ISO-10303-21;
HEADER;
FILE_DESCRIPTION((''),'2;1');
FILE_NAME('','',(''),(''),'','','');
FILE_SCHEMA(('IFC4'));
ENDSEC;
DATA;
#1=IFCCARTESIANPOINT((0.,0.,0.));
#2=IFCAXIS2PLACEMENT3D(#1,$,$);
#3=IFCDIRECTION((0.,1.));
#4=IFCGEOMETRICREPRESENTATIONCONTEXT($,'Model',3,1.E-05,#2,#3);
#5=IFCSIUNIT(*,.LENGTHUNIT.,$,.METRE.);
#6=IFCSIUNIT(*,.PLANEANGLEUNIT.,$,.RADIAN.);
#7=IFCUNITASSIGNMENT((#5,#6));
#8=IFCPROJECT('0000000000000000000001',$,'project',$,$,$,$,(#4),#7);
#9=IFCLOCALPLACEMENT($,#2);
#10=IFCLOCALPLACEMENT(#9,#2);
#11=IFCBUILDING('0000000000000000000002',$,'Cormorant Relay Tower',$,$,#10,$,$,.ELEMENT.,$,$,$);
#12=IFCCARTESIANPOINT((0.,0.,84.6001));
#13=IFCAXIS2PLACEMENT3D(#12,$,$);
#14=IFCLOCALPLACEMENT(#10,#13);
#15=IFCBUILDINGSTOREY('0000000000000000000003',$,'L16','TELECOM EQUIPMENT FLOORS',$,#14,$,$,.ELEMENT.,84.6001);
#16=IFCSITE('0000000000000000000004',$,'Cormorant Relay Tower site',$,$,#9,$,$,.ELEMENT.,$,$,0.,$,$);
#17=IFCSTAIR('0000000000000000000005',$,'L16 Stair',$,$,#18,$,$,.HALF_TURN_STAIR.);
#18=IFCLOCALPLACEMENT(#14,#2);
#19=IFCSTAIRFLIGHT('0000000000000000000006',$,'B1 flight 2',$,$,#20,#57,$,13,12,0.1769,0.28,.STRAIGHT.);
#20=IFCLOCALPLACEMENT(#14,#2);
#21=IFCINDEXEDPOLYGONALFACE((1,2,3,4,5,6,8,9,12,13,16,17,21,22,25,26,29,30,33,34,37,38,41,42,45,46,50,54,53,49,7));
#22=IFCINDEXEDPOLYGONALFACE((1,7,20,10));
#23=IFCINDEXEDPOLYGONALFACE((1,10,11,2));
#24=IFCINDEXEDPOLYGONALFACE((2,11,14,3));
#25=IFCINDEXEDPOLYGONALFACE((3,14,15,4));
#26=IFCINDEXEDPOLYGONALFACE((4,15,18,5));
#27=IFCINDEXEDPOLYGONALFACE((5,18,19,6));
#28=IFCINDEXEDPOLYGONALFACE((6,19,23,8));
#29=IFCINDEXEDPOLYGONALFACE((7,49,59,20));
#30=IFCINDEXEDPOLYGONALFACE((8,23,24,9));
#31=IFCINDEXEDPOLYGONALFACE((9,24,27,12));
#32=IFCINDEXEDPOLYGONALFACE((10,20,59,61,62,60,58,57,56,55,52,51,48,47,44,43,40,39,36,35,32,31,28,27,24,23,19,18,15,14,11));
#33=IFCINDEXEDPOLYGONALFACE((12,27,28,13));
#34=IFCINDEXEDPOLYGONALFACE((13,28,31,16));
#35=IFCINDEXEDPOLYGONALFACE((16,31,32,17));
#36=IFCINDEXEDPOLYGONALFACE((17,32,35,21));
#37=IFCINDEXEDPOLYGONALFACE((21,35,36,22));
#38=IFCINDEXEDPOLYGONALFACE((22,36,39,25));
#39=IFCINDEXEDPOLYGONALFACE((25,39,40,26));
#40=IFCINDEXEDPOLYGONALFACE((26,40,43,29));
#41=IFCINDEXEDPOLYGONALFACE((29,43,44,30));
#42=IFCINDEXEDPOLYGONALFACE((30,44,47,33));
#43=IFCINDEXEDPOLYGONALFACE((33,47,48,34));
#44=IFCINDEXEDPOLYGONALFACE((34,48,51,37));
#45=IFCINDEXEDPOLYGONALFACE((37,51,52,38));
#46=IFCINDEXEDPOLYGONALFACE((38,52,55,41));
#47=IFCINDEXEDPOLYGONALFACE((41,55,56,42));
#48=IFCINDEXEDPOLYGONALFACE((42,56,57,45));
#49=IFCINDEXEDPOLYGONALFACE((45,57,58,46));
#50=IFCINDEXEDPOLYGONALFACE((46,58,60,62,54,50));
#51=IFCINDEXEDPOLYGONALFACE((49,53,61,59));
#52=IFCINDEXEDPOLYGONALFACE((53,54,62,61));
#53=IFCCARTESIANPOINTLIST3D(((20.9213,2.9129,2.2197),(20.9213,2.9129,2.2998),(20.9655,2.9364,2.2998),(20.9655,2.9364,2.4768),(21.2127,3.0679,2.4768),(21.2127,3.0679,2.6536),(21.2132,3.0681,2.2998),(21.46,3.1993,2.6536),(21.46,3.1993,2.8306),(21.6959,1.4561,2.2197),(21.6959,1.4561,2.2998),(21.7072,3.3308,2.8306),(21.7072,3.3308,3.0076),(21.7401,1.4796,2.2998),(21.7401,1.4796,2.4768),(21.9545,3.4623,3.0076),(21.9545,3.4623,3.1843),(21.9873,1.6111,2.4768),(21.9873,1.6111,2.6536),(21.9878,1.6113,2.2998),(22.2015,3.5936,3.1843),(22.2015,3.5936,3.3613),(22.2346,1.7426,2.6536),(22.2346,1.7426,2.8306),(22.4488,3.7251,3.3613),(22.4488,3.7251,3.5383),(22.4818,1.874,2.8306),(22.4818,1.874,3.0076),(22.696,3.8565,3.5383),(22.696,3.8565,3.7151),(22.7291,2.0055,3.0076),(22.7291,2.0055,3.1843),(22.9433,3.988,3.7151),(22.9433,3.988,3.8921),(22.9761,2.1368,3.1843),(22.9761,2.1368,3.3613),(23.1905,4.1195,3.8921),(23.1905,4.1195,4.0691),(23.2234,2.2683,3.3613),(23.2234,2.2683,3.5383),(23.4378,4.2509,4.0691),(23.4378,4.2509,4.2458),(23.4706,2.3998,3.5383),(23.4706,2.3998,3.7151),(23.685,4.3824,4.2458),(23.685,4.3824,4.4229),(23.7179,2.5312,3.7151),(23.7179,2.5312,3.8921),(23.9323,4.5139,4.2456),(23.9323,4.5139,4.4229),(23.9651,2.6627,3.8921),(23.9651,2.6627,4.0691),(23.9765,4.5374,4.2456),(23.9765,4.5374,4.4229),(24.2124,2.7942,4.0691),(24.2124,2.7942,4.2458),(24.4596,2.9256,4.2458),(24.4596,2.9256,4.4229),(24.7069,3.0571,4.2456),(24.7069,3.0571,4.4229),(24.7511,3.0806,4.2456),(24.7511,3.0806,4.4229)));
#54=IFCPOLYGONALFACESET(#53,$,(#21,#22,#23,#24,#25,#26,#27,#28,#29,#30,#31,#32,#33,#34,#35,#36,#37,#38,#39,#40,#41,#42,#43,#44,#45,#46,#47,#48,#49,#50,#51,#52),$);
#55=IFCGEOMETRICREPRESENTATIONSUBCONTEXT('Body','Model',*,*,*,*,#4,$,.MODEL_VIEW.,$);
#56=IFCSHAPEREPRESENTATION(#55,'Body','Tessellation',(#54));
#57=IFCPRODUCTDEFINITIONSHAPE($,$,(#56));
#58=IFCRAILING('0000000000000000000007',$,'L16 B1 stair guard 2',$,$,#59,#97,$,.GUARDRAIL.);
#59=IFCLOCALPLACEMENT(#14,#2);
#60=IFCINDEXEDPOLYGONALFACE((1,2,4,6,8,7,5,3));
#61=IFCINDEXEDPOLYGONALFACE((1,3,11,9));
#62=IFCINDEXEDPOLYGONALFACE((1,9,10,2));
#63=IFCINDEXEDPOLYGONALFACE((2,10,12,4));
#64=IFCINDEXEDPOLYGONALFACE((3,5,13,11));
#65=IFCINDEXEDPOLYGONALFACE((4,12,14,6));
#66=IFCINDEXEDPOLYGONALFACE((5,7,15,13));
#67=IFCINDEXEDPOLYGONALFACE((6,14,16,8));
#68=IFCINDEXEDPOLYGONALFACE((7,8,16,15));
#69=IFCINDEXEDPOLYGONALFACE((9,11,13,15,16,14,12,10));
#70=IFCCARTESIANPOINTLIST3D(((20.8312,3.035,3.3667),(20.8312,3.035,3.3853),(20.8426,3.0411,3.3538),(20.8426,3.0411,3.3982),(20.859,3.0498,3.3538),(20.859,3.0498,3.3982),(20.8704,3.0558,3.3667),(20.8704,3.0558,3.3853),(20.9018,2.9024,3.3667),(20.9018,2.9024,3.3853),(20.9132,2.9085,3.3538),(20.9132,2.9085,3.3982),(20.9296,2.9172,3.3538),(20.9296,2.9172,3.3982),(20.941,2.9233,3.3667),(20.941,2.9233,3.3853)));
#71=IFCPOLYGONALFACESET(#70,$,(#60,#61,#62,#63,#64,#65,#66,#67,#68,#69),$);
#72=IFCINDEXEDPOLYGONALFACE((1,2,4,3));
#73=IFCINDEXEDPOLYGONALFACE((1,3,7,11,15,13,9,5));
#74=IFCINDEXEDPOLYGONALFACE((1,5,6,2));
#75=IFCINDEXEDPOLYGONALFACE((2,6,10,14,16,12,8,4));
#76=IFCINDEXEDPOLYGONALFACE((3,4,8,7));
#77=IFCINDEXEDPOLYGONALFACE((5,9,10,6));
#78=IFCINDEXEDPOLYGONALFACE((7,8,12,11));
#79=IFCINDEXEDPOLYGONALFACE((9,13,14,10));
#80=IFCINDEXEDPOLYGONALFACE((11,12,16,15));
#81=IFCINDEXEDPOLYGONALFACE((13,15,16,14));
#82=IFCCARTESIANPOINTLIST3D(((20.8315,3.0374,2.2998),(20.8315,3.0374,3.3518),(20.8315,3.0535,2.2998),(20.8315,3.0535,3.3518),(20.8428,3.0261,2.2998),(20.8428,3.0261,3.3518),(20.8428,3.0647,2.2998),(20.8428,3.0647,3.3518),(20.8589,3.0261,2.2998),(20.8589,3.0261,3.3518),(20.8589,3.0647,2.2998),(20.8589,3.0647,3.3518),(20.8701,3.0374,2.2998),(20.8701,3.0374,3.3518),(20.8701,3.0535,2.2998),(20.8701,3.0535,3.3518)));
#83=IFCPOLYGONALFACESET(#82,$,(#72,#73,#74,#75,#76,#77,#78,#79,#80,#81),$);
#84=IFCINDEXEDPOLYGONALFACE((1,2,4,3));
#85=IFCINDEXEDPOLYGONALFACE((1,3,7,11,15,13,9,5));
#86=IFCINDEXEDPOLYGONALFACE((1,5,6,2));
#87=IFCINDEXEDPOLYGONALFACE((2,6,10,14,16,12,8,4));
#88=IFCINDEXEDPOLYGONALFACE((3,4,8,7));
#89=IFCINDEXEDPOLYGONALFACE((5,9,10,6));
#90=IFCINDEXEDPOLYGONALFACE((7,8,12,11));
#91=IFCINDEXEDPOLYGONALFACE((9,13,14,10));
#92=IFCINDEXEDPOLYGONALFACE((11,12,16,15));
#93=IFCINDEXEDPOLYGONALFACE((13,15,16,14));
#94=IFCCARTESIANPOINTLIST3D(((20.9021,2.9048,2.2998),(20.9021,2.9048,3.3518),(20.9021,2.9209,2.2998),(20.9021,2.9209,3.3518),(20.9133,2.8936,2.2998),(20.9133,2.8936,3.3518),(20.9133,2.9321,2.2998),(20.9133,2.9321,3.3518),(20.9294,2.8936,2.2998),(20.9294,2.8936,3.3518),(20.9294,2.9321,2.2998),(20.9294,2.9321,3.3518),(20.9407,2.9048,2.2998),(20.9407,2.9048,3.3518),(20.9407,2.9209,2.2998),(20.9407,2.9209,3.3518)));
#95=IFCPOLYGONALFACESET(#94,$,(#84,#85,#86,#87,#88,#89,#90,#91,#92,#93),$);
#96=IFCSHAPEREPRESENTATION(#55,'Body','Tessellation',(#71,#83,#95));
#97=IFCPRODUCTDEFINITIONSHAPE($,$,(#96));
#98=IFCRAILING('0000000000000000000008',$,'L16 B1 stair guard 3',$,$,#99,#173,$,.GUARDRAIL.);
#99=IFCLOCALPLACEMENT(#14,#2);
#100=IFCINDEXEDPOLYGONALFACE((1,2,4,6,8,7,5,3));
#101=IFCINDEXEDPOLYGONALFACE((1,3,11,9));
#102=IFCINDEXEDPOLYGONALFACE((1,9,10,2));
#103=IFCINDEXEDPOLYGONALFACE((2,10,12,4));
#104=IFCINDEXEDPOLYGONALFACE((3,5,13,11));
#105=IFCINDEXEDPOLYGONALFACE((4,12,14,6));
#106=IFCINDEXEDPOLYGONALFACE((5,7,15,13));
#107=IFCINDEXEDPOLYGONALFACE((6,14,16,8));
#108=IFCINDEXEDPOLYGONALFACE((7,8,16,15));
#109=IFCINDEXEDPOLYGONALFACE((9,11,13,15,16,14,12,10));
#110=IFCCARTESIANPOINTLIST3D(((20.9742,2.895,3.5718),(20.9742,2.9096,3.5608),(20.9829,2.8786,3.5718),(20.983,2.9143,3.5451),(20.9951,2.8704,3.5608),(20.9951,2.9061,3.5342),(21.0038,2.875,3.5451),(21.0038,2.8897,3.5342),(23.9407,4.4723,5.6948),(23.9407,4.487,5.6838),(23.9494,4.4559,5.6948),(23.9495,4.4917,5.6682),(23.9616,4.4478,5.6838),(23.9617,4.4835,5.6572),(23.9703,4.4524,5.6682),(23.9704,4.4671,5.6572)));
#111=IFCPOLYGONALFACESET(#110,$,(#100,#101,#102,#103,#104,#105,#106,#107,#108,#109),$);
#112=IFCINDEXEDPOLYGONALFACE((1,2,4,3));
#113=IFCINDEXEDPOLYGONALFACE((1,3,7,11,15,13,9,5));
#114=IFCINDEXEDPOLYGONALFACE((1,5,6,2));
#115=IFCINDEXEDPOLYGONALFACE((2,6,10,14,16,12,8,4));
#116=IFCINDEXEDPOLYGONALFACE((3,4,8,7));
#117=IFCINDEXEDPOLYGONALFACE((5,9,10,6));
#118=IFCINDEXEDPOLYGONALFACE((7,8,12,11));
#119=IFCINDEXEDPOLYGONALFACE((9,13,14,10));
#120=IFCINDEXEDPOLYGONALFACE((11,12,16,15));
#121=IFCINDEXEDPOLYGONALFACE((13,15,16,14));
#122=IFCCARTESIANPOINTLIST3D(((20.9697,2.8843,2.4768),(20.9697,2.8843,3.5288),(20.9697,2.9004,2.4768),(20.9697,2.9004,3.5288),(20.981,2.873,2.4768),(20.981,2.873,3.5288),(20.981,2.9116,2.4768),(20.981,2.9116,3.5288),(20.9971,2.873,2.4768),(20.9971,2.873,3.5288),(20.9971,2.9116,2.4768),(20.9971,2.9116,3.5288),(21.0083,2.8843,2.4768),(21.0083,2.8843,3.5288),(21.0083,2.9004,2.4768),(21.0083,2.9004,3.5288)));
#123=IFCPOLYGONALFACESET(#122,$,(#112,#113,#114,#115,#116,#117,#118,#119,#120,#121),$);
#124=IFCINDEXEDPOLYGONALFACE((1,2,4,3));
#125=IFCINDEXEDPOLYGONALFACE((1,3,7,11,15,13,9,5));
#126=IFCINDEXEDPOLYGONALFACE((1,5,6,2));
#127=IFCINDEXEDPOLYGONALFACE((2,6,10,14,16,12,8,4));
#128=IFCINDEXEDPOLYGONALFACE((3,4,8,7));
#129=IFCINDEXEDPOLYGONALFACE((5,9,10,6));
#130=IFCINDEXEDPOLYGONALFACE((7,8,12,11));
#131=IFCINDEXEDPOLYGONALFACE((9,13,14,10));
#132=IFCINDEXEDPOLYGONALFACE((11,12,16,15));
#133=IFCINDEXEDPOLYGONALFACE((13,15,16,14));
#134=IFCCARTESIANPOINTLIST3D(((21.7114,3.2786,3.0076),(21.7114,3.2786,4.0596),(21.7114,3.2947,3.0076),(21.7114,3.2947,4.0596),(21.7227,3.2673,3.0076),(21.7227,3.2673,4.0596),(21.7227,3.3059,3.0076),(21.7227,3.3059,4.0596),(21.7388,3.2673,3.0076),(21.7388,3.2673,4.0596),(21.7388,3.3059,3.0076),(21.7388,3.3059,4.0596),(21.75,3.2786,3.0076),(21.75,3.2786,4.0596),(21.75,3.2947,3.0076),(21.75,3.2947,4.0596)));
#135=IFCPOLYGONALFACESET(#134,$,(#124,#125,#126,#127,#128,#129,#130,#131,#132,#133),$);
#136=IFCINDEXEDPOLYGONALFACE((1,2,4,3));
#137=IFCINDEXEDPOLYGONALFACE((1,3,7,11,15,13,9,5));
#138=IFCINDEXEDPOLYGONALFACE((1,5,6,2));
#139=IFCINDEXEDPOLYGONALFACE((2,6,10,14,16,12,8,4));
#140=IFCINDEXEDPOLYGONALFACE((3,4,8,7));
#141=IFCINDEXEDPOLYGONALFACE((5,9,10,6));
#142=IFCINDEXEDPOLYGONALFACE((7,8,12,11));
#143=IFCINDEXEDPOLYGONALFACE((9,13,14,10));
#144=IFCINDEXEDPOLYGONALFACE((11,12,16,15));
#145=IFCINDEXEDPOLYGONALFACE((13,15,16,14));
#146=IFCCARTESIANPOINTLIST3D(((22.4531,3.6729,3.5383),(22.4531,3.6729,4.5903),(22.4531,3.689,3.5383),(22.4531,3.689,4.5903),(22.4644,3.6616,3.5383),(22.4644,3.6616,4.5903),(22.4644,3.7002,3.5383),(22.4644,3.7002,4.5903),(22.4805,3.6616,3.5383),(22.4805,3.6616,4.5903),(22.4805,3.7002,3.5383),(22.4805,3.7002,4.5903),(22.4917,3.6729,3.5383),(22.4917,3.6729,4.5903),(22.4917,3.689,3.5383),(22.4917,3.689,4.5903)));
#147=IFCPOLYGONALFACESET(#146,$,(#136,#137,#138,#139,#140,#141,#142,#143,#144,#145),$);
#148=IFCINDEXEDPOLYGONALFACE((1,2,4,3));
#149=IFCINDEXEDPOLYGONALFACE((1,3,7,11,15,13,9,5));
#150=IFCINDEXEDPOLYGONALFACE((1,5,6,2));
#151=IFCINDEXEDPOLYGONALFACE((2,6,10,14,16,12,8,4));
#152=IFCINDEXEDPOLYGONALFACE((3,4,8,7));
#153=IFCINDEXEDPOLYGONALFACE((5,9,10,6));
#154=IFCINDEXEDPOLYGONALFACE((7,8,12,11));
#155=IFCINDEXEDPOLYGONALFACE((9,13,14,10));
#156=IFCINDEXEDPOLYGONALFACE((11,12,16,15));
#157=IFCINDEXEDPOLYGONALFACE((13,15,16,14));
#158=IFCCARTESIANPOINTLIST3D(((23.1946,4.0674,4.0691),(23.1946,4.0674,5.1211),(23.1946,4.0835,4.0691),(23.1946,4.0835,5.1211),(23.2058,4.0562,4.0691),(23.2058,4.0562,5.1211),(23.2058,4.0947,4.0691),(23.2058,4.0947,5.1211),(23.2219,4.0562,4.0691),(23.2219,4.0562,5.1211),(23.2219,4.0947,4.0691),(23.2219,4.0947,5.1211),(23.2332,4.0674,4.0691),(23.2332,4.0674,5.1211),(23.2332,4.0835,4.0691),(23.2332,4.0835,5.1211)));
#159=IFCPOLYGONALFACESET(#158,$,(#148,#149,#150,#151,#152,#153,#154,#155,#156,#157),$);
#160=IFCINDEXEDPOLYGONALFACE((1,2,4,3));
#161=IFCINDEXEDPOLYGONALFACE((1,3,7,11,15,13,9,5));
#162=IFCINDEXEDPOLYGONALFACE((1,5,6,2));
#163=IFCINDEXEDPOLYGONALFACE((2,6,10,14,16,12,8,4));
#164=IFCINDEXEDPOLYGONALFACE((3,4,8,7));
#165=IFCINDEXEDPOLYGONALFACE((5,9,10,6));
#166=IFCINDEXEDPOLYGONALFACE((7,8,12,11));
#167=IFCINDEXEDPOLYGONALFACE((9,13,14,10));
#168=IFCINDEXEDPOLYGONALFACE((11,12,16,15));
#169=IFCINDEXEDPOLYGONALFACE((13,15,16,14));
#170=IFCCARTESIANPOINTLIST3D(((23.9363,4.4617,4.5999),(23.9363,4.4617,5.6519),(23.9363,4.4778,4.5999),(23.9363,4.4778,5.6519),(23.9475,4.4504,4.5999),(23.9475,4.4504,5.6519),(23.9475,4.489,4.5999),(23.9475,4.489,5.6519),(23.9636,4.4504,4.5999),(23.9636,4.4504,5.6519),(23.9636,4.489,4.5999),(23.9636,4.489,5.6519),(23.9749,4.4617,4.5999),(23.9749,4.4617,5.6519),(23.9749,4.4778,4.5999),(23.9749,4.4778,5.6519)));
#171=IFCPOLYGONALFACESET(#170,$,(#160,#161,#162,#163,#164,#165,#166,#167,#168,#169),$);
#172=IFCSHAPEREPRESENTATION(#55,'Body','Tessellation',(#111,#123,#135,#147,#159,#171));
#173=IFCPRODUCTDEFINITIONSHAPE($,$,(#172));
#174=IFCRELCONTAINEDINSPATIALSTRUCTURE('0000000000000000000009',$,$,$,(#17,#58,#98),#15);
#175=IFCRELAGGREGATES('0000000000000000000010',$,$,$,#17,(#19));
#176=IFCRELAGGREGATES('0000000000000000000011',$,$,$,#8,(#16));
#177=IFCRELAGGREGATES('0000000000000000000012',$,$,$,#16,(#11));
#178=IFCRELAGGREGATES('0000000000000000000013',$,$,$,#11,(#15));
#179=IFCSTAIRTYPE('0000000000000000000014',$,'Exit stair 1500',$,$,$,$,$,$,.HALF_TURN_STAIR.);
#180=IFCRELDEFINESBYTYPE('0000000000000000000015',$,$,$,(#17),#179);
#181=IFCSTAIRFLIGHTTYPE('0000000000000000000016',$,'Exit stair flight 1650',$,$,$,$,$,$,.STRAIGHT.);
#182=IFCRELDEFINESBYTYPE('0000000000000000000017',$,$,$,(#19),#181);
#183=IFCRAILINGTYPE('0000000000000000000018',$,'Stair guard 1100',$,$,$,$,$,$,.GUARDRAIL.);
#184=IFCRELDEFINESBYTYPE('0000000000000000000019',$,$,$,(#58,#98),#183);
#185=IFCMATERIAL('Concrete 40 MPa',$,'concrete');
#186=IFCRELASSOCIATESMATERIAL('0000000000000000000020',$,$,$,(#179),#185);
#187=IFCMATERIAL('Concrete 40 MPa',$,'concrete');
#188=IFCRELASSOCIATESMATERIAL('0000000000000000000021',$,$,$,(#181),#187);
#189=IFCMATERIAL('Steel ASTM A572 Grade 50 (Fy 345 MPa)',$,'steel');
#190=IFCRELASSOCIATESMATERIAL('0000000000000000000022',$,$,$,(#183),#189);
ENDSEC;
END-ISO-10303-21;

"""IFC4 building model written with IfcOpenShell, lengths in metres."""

from ifc_helpers import new_model, si_unit, direction, frame, origin, place, context, subcontext, project, spatial, polyline, outline, extrude, material, type_object, element, aggregate, save


model = new_model("IFC4")

# Units and contexts
model_context = context("Model", 3, precision=1e-05, world=origin(), true_north=direction((0.0, 1.0)))
body_context = subcontext(model_context, "Body", "Model", "MODEL_VIEW")
ifc_project = project(units=[si_unit("LENGTHUNIT", "METRE"), si_unit("PLANEANGLEUNIT", "RADIAN")], contexts=[model_context])

# Site, building, storey
site_placement = place(None, origin())
site = spatial("IfcSite", under=ifc_project, at=site_placement, Name="Cormorant Relay Tower site", CompositionType="ELEMENT", RefElevation=0.0)
building_placement = place(site_placement, origin())
building = spatial("IfcBuilding", under=site, at=building_placement, Name="Cormorant Relay Tower", CompositionType="ELEMENT")
storey_placement = place(building_placement, frame((0.0, 0.0, 84.6001)))
storey = spatial("IfcBuildingStorey", under=building, at=storey_placement, Name="L16", Description="TELECOM EQUIPMENT FLOORS", CompositionType="ELEMENT", Elevation=84.6001)

# Stair, stair flight
ifc_material_1 = material(Name="Concrete 40 MPa", Category="concrete")
stair_type = type_object("IfcStairType", Name="Exit stair 1500", PredefinedType="HALF_TURN_STAIR", material=ifc_material_1)
stair_placement = place(storey_placement, origin())
stair = element("IfcStair", 1, at=stair_placement, inside=storey, type_object=stair_type, Name="L16 Stair", PredefinedType="HALF_TURN_STAIR")
ifc_material_2 = material(Name="Concrete 40 MPa", Category="concrete")
stair_flight_type = type_object("IfcStairFlightType", Name="Exit stair flight 1650", PredefinedType="STRAIGHT", material=ifc_material_2)
stair_flight_placement = place(storey_placement, frame((21.3528, 2.208, 2.2998), z_axis=(0.0, 0.0, 1.0), x_axis=(0.882948, 0.469472, 0.0)))
stair_flight = element("IfcStairFlight", 2, at=stair_flight_placement, type_object=stair_flight_type, Name="B1 flight 2", NumberOfRisers=13, NumberOfTreads=12, PredefinedType="STRAIGHT", RiserHeight=0.1769, TreadLength=0.28, context=body_context, shape_type="SweptSolid", body=[
    extrude(outline(polyline([(-0.05, -0.0801), (-0.05, 0.0), (0.0, 0.0), (0.0, 0.177), (0.28, 0.177), (0.28, 0.3538), (0.5601, 0.3538), (0.5601, 0.5308), (0.8401, 0.5308), (0.8401, 0.7078), (1.1201, 0.7078), (1.1201, 0.8845), (1.3999, 0.8845), (1.3999, 1.0615), (1.6799, 1.0615), (1.6799, 1.2385), (1.96, 1.2385), (1.96, 1.4153), (2.24, 1.4153), (2.24, 1.5923), (2.52, 1.5923), (2.52, 1.7693), (2.8, 1.7693), (2.8, 1.946), (3.0801, 1.946), (3.0801, 2.123), (3.3601, 2.123), (3.4102, 2.123), (3.4102, 1.9458), (3.3601, 1.9458), (0.2805, 0.0), (-0.05, -0.0801)])), frame((0.0, 0.825, 0.0), z_axis=(0.0, -1.0, 0.0), x_axis=(1.0, 0.0, 0.0)), (0.0, 0.0, 1.0), 1.6499),
])
aggregate(stair, [stair_flight])

# Railings
ifc_material_3 = material(Name="Steel ASTM A572 Grade 50 (Fy 345 MPa)", Category="steel")
railing_type = type_object("IfcRailingType", Name="Stair guard 1100", PredefinedType="GUARDRAIL", material=ifc_material_3)
railing_1_placement = place(storey_placement, frame((20.8508, 3.0454, 2.2998)))
element("IfcRailing", 3, at=railing_1_placement, inside=storey, type_object=railing_type, Name="L16 B1 stair guard 2", PredefinedType="GUARDRAIL", context=body_context, shape_type="SweptSolid", body=[
    extrude(outline(polyline([(0.0222, 0.0093), (0.0093, 0.0222), (-0.0093, 0.0222), (-0.0222, 0.0093), (-0.0222, -0.0093), (-0.0093, -0.0222), (0.0093, -0.0222), (0.0222, -0.0093), (0.0222, 0.0093)])), frame((0.0, 0.0, 1.0762), z_axis=(0.469829, -0.882758, 0.0), x_axis=(0.882758, 0.469829, 0.0)), (0.0, 0.0, 1.0), 0.1501),
    extrude(outline(polyline([(0.0193, 0.0081), (0.0081, 0.0193), (-0.0081, 0.0193), (-0.0193, 0.0081), (-0.0193, -0.0081), (-0.0081, -0.0193), (0.0081, -0.0193), (0.0193, -0.0081), (0.0193, 0.0081)])), origin(), (0.0, 0.0, 1.0), 1.052),
    extrude(outline(polyline([(0.0193, 0.0081), (0.0081, 0.0193), (-0.0081, 0.0193), (-0.0193, 0.0081), (-0.0193, -0.0081), (-0.0081, -0.0193), (0.0081, -0.0193), (0.0193, -0.0081), (0.0193, 0.0081)])), frame((0.0706, -0.1326, 0.0)), (0.0, 0.0, 1.0), 1.052),
])
railing_2_placement = place(storey_placement, frame((20.989, 2.8923, 2.4768)))
element("IfcRailing", 4, at=railing_2_placement, inside=storey, type_object=railing_type, Name="L16 B1 stair guard 3", PredefinedType="GUARDRAIL", context=body_context, shape_type="SweptSolid", body=[
    extrude(outline(polyline([(0.0222, 0.0093), (0.0093, 0.0222), (-0.0093, 0.0222), (-0.0222, 0.0093), (-0.0222, -0.0093), (-0.0093, -0.0222), (0.0093, -0.0222), (0.0222, -0.0093), (0.0222, 0.0093)])), frame((0.0, 0.0, 1.0762), z_axis=(0.746413, 0.396887, 0.534179), x_axis=(-0.469483, 0.882942, 0.0)), (0.0, 0.0, 1.0), 3.9744),
    extrude(outline(polyline([(0.0193, 0.0081), (0.0081, 0.0193), (-0.0081, 0.0193), (-0.0193, 0.0081), (-0.0193, -0.0081), (-0.0081, -0.0193), (0.0081, -0.0193), (0.0193, -0.0081), (0.0193, 0.0081)])), origin(), (0.0, 0.0, 1.0), 1.052),
    extrude(outline(polyline([(0.0193, 0.0081), (0.0081, 0.0193), (-0.0081, 0.0193), (-0.0193, 0.0081), (-0.0193, -0.0081), (-0.0081, -0.0193), (0.0081, -0.0193), (0.0193, -0.0081), (0.0193, 0.0081)])), frame((0.7417, 0.3943, 0.5308)), (0.0, 0.0, 1.0), 1.052),
    extrude(outline(polyline([(0.0193, 0.0081), (0.0081, 0.0193), (-0.0081, 0.0193), (-0.0193, 0.0081), (-0.0193, -0.0081), (-0.0081, -0.0193), (0.0081, -0.0193), (0.0193, -0.0081), (0.0193, 0.0081)])), frame((1.4834, 0.7886, 1.0615)), (0.0, 0.0, 1.0), 1.052),
    extrude(outline(polyline([(0.0193, 0.0081), (0.0081, 0.0193), (-0.0081, 0.0193), (-0.0193, 0.0081), (-0.0193, -0.0081), (-0.0081, -0.0193), (0.0081, -0.0193), (0.0193, -0.0081), (0.0193, 0.0081)])), frame((2.2249, 1.1831, 1.5923)), (0.0, 0.0, 1.0), 1.052),
    extrude(outline(polyline([(0.0193, 0.0081), (0.0081, 0.0193), (-0.0081, 0.0193), (-0.0193, 0.0081), (-0.0193, -0.0081), (-0.0081, -0.0193), (0.0081, -0.0193), (0.0193, -0.0081), (0.0193, 0.0081)])), frame((2.9666, 1.5774, 2.123)), (0.0, 0.0, 1.0), 1.052),
])

save(model, "model.ifc")
